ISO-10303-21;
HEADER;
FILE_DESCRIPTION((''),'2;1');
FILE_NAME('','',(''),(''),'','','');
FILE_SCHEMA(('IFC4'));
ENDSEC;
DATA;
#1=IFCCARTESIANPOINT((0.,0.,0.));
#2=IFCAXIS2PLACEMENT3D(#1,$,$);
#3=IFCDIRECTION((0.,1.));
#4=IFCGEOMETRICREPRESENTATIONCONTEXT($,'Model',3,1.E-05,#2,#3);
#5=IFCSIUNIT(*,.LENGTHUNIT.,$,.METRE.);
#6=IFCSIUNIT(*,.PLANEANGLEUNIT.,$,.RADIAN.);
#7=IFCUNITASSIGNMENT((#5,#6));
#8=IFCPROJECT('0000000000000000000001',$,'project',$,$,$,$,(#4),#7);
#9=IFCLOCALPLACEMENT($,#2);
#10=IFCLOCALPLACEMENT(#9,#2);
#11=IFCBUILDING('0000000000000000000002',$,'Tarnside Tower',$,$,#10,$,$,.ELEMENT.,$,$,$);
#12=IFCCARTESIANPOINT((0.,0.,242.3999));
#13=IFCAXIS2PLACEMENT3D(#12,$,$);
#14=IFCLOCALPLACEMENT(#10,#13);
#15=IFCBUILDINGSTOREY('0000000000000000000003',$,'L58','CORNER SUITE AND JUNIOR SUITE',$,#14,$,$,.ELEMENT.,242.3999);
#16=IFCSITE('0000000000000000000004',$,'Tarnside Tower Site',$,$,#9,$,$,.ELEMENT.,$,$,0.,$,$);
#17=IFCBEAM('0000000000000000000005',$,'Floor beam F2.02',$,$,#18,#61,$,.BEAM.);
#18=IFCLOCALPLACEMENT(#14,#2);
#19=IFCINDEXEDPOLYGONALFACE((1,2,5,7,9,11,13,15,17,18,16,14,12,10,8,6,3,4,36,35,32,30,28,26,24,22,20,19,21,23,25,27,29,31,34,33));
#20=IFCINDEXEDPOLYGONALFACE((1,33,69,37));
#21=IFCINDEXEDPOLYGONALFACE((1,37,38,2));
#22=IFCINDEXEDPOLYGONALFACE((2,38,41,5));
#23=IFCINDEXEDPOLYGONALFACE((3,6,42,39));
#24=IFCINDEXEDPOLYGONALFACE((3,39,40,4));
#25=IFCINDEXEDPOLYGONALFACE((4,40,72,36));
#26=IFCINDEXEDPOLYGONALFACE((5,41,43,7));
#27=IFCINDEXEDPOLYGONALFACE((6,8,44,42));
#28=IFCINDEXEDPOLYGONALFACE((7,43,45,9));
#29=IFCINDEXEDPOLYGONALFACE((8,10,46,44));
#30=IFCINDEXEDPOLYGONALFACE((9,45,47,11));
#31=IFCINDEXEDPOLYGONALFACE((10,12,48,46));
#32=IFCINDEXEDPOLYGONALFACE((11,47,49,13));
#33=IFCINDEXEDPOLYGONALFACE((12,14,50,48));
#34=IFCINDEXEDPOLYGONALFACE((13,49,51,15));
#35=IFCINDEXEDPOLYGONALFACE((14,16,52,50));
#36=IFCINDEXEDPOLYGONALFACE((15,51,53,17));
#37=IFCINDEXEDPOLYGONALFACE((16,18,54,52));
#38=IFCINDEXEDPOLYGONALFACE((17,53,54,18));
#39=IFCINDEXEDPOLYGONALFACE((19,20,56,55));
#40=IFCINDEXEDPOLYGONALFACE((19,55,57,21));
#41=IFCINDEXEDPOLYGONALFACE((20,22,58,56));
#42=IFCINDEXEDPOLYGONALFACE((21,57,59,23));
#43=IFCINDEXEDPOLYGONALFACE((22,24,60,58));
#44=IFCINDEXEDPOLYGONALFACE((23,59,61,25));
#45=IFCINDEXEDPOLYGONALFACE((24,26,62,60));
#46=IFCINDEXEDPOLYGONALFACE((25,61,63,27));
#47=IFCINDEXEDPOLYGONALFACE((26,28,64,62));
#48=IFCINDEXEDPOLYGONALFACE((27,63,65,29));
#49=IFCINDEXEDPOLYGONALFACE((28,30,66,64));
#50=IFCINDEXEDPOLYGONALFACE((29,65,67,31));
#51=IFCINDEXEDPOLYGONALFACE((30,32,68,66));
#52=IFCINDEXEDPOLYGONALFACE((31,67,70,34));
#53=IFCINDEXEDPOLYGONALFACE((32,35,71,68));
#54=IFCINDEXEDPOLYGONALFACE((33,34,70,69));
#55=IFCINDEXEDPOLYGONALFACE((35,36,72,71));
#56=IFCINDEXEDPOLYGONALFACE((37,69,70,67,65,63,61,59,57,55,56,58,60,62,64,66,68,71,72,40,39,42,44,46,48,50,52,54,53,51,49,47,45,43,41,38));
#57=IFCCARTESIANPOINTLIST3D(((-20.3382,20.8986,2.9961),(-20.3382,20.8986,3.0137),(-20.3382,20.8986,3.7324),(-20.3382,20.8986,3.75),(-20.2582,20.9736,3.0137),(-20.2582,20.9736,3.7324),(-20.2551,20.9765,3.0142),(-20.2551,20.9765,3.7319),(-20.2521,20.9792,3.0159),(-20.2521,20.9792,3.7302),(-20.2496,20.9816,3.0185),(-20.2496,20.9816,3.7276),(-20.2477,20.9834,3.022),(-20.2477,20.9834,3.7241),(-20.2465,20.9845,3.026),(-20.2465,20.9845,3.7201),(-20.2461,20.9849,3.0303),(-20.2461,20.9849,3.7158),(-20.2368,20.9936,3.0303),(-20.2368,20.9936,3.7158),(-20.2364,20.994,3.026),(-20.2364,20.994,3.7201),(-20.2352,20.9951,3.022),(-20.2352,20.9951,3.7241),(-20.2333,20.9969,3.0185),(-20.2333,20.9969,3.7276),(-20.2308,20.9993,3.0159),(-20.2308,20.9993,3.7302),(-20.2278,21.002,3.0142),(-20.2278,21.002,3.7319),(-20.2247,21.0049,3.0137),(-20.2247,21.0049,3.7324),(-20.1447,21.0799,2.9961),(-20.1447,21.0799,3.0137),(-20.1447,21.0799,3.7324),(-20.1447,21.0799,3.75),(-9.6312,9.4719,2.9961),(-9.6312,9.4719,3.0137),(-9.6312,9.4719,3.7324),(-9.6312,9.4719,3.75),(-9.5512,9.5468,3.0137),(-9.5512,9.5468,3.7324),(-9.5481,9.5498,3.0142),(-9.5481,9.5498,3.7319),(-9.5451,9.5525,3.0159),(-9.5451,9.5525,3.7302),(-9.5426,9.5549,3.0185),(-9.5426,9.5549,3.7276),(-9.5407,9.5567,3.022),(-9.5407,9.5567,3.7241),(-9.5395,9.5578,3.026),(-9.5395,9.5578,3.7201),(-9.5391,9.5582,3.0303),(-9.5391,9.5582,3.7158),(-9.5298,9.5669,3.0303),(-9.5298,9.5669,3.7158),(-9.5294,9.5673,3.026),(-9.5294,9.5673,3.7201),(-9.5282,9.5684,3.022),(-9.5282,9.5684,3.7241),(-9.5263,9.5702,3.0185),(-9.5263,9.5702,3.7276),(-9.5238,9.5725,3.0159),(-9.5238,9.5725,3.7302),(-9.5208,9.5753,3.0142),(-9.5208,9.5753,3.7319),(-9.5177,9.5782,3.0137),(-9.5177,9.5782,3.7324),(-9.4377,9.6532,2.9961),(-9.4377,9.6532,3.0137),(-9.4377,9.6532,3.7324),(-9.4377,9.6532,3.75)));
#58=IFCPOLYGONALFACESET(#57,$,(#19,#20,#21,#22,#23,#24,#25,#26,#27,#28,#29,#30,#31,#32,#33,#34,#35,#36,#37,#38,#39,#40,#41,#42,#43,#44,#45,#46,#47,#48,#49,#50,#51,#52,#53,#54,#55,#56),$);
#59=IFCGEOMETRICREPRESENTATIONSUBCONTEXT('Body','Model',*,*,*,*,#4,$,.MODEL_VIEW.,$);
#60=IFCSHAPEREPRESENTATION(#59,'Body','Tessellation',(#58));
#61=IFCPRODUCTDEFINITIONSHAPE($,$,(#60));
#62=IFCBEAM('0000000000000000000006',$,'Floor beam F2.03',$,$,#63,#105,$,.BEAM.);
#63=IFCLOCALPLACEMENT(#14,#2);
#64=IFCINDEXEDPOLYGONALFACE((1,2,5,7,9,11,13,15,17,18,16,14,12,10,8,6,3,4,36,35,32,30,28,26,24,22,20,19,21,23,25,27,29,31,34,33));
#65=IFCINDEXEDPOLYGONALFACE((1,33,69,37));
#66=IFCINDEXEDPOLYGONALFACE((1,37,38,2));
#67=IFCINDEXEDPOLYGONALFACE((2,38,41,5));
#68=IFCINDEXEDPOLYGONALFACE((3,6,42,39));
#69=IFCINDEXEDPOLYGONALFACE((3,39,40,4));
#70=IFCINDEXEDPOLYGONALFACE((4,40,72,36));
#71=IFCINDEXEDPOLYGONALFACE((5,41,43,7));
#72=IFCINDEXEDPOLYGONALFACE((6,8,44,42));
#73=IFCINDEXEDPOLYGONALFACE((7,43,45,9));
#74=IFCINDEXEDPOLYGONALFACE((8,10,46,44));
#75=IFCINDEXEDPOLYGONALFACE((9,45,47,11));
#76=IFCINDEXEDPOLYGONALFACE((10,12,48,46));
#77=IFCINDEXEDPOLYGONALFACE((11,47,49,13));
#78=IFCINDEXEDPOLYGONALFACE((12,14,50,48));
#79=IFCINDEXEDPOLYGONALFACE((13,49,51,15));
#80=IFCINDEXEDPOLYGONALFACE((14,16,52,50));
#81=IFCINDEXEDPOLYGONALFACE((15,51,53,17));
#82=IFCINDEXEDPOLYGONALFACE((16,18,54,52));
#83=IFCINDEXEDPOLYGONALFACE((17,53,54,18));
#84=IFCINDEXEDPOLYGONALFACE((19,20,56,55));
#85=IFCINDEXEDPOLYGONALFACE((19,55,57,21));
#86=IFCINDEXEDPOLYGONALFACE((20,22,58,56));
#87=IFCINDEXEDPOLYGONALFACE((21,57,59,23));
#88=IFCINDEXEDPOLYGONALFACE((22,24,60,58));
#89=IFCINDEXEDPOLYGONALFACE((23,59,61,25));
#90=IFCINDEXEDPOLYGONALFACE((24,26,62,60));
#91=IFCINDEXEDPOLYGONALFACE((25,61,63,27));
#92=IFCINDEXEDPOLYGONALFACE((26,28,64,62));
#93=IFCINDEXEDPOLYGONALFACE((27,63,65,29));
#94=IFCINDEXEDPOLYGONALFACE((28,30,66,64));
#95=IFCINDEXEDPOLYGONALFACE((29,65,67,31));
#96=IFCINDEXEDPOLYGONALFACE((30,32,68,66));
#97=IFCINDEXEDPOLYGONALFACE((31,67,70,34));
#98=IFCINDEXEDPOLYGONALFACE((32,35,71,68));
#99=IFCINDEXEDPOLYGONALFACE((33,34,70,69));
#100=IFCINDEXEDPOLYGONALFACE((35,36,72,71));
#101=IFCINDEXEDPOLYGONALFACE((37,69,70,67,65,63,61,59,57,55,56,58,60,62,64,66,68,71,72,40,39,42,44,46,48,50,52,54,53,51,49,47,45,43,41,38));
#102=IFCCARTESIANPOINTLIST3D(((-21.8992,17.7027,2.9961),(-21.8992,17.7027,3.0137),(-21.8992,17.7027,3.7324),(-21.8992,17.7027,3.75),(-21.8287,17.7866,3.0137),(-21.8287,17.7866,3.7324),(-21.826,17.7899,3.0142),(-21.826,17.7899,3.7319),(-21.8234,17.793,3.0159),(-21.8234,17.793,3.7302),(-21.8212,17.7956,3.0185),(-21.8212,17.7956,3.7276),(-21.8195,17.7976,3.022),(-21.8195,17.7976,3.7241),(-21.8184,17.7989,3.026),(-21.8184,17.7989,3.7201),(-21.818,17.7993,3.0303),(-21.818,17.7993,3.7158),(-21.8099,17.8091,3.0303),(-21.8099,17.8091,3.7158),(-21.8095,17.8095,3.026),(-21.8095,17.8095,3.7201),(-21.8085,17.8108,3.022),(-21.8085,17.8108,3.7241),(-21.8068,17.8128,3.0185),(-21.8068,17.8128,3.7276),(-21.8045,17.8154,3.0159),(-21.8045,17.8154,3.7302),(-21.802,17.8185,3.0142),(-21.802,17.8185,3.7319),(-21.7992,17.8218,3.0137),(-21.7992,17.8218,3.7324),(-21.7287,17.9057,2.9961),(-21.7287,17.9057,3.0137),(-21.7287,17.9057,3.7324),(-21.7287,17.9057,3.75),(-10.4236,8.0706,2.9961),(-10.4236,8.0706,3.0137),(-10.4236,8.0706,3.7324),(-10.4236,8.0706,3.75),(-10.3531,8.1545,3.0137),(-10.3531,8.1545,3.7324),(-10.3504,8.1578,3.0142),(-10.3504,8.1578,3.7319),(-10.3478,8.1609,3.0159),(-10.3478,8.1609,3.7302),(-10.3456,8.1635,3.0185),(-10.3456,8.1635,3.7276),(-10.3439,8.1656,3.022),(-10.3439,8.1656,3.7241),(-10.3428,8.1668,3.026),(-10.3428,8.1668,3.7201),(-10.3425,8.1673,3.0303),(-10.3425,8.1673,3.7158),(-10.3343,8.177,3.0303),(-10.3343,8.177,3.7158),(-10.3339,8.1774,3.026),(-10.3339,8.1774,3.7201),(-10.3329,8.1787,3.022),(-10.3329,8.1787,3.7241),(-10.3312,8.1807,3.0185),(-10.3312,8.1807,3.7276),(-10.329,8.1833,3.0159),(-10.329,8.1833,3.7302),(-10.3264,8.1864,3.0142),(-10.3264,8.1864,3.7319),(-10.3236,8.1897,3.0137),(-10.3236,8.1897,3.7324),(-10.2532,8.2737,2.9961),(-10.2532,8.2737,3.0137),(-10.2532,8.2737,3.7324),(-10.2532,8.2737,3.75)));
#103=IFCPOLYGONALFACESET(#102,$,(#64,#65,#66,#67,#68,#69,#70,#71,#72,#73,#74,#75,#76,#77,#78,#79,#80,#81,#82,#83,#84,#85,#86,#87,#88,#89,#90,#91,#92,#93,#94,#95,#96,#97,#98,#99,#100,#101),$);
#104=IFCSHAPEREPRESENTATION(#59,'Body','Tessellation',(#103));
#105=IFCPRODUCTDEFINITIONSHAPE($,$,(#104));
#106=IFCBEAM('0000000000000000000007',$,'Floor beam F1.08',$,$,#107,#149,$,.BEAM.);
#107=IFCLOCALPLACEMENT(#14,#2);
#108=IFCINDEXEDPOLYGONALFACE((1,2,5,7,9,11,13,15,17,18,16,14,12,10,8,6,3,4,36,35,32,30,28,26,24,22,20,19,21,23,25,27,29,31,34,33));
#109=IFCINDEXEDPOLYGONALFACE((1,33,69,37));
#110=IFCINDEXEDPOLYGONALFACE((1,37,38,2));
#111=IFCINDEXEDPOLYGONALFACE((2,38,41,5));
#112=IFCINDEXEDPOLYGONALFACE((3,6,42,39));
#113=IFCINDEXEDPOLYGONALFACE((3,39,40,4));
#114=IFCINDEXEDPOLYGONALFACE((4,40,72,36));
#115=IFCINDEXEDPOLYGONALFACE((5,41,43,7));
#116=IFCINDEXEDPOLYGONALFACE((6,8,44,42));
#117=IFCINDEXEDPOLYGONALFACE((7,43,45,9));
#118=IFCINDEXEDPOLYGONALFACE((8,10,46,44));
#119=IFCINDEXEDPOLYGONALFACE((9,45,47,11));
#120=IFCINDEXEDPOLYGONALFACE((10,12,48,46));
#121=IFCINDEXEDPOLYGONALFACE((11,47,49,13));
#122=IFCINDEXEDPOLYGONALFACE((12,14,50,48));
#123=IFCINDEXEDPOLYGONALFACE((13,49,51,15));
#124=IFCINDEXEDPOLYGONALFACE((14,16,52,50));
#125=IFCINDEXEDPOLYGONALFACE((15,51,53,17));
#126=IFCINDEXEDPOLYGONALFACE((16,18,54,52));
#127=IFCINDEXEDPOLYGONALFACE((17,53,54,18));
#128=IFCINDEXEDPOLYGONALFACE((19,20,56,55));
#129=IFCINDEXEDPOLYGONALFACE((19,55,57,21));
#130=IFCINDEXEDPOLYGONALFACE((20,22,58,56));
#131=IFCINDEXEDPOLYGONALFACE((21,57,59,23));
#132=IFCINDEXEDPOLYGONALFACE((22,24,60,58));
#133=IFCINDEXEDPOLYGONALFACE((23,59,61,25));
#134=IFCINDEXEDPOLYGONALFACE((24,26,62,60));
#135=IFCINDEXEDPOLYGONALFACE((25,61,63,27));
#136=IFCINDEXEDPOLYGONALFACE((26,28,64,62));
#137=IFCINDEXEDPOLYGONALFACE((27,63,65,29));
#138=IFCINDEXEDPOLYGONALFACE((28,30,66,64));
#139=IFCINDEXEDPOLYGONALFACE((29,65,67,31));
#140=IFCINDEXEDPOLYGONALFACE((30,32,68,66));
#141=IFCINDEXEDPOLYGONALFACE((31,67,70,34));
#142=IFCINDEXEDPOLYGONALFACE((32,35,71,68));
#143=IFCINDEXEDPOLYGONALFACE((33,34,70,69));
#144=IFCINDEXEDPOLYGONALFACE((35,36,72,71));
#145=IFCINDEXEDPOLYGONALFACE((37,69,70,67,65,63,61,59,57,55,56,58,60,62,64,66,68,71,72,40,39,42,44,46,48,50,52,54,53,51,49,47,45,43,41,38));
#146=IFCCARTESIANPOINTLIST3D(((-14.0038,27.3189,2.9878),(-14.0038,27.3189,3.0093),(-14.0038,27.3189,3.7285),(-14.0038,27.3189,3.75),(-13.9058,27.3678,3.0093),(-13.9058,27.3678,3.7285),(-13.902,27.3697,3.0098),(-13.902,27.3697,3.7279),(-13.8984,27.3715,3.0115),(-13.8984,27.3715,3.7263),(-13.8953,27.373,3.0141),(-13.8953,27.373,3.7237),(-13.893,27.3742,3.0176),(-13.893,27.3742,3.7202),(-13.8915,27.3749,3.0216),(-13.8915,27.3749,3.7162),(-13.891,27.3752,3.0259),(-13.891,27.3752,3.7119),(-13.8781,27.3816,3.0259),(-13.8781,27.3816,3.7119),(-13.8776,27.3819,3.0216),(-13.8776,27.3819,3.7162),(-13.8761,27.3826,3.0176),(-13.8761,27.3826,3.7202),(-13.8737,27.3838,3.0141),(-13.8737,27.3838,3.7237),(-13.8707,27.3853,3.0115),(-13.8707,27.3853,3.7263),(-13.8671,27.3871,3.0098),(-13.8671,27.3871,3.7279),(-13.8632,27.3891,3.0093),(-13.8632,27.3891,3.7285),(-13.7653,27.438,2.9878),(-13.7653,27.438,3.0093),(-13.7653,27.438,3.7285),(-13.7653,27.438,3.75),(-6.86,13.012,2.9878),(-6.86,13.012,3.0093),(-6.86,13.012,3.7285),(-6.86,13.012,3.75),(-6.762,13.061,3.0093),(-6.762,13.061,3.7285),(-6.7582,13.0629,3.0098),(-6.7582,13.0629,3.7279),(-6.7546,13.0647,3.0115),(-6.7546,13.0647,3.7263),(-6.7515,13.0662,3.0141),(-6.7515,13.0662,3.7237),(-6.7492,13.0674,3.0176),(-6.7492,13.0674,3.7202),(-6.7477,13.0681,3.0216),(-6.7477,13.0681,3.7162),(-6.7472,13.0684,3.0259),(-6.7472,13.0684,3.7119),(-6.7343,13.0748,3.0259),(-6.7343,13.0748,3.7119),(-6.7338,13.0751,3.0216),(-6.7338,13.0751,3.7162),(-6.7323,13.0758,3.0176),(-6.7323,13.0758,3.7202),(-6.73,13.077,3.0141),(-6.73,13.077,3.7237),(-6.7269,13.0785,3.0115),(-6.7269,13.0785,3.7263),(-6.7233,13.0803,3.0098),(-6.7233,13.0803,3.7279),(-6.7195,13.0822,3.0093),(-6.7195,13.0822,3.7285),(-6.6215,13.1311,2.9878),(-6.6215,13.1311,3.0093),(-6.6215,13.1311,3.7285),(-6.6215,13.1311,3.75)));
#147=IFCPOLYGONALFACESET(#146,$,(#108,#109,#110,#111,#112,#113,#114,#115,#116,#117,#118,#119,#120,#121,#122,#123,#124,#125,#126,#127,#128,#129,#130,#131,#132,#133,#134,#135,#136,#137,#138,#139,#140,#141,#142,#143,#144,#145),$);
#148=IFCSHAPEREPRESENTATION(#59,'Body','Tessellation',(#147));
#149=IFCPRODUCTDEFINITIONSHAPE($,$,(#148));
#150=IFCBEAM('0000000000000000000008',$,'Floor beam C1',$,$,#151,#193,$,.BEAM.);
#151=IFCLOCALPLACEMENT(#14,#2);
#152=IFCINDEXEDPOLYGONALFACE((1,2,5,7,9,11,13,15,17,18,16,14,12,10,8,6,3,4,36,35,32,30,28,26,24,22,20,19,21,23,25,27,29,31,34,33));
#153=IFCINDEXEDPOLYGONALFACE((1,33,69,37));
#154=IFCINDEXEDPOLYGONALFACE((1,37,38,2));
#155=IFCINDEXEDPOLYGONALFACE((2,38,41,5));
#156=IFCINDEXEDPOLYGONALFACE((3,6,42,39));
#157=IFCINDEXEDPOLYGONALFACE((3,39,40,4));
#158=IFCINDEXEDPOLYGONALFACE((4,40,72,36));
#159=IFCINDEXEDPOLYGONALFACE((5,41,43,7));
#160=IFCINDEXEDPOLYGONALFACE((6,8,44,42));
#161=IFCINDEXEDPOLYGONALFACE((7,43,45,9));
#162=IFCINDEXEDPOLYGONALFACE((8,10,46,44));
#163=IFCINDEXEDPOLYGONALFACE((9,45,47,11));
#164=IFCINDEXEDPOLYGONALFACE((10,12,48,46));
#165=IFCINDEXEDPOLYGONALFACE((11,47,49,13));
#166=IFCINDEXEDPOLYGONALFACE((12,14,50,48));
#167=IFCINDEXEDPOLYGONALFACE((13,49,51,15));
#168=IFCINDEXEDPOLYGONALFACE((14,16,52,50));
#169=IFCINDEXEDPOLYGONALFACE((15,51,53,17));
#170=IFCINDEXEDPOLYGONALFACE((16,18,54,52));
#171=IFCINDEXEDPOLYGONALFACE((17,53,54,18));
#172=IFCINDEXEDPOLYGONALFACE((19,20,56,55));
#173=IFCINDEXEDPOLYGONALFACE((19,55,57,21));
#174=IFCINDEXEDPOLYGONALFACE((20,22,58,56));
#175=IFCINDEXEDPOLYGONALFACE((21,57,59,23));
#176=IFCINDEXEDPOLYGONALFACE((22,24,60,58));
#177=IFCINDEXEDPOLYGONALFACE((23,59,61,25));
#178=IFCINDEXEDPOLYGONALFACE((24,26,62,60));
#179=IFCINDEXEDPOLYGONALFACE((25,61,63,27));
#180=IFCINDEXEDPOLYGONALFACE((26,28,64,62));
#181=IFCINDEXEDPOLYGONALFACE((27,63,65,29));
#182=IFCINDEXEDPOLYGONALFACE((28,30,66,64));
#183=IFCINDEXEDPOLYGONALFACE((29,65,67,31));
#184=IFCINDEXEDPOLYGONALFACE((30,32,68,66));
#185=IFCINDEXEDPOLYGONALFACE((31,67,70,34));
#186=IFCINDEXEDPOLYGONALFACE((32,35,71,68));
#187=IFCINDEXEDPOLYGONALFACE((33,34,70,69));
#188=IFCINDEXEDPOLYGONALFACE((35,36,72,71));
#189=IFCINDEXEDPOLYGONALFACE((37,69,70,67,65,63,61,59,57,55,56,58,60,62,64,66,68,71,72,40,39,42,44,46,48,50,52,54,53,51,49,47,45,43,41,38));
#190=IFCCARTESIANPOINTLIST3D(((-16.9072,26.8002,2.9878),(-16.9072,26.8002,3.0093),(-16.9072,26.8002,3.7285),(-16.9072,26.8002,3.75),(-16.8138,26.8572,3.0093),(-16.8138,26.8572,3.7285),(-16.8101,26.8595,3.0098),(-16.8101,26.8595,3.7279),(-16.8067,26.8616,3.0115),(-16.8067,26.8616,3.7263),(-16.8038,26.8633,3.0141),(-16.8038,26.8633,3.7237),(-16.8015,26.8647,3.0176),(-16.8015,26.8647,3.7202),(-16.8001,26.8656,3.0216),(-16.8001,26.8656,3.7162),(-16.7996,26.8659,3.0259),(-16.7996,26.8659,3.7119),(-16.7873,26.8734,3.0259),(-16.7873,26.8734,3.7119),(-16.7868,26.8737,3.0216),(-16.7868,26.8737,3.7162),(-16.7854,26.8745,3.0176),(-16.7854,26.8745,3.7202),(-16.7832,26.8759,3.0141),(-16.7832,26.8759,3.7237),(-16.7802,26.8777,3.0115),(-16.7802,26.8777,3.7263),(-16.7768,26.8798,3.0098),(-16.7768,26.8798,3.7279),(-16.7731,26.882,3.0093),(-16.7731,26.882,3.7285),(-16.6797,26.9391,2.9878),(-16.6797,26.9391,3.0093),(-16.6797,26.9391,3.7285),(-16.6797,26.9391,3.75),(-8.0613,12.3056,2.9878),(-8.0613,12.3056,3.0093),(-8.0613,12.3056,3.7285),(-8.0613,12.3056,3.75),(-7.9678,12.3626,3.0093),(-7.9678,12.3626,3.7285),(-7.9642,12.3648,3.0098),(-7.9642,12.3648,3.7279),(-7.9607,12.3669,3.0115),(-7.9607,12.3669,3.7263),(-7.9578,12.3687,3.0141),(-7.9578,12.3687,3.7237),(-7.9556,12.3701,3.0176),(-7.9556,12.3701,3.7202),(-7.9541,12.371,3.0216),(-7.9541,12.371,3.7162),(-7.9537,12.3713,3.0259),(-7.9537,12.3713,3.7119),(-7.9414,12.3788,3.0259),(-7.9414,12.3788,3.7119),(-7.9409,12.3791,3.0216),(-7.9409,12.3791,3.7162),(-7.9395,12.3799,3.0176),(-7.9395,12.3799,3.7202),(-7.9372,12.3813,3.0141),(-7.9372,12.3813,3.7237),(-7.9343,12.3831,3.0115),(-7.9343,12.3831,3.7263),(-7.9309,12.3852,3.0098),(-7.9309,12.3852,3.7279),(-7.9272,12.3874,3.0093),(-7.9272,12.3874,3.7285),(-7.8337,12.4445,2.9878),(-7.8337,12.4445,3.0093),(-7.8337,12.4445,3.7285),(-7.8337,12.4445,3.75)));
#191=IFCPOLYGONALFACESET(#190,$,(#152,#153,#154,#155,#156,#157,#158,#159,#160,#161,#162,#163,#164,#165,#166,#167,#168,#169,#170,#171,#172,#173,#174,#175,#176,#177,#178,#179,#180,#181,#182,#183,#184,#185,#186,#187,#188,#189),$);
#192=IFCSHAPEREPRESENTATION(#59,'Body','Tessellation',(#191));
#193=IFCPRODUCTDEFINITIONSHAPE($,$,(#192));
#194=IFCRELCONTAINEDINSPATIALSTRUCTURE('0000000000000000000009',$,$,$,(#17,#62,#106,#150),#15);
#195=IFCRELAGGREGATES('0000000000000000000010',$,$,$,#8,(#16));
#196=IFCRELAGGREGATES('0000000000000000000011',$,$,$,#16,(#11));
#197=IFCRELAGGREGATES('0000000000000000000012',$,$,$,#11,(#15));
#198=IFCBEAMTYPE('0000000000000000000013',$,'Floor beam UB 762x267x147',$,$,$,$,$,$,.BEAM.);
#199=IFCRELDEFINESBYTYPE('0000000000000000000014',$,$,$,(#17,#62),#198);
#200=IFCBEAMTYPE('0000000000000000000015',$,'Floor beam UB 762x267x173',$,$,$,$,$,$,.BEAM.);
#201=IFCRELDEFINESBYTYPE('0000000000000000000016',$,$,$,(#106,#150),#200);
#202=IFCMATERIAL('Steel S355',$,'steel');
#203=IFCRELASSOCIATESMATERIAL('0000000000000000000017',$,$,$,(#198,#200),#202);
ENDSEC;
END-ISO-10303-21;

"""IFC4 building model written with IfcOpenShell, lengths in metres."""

from ifc_helpers import new_model, si_unit, direction, frame, origin, origin_2d, place, context, subcontext, project, spatial, i_section, extrude, material, material_profile, profile_set, type_object, element, save


model = new_model("IFC4")

# Units and contexts
model_context = context("Model", 3, precision=1e-05, world=origin(), true_north=direction((0.0, 1.0)))
body_context = subcontext(model_context, "Body", "Model", "MODEL_VIEW")
ifc_project = project(units=[si_unit("LENGTHUNIT", "METRE"), si_unit("PLANEANGLEUNIT", "RADIAN")], contexts=[model_context])

# Site, building, storey
site_placement = place(None, origin())
site = spatial("IfcSite", under=ifc_project, at=site_placement, Name="Tarnside Tower Site", CompositionType="ELEMENT", RefElevation=0.0)
building_placement = place(site_placement, origin())
building = spatial("IfcBuilding", under=site, at=building_placement, Name="Tarnside Tower", CompositionType="ELEMENT")
storey_placement = place(building_placement, frame((0.0, 0.0, 242.3999)))
storey = spatial("IfcBuildingStorey", under=building, at=storey_placement, Name="L58", Description="CORNER SUITE AND JUNIOR SUITE", CompositionType="ELEMENT", Elevation=242.3999)

# Beams
ifc_material_1 = material(Name="Steel S355", Category="steel")
ifc_material_profile_1 = material_profile(ifc_material_1, i_section(OverallWidth=0.2651, OverallDepth=0.7539, WebThickness=0.0127, FlangeThickness=0.0176, FilletRadius=0.0166, at=origin_2d()), Name="UB 762x267x147")
ifc_profile_set_1 = profile_set([ifc_material_profile_1], Name="Steel S355")
beam_type_1 = type_object("IfcBeamType", Name="Floor beam UB 762x267x147", PredefinedType="BEAM", material=ifc_profile_set_1)
beam_1_placement = place(storey_placement, frame((-20.2415, 20.9893, 3.373), z_axis=(0.683752, -0.729714, 0.0), x_axis=(0.729714, 0.683752, 0.0)))
element("IfcBeam", 1, at=beam_1_placement, inside=storey, type_object=beam_type_1, Name="Floor beam F2.02", PredefinedType="BEAM", context=body_context, shape_type="SweptSolid", body=[
    extrude(i_section(OverallWidth=0.2651, OverallDepth=0.7539, WebThickness=0.0127, FlangeThickness=0.0176, FilletRadius=0.0166, at=origin_2d()), origin(), (0.0, 0.0, 1.0), 15.6592),
])
beam_2_placement = place(storey_placement, frame((-21.814, 17.8042, 3.373), z_axis=(0.765948, -0.642902, 0.0), x_axis=(0.642902, 0.765948, 0.0)))
element("IfcBeam", 2, at=beam_2_placement, inside=storey, type_object=beam_type_1, Name="Floor beam F2.03", PredefinedType="BEAM", context=body_context, shape_type="SweptSolid", body=[
    extrude(i_section(OverallWidth=0.2651, OverallDepth=0.7539, WebThickness=0.0127, FlangeThickness=0.0176, FilletRadius=0.0166, at=origin_2d()), origin(), (0.0, 0.0, 1.0), 14.9822),
])
ifc_material_profile_2 = material_profile(ifc_material_1, i_section(OverallWidth=0.2666, OverallDepth=0.7622, WebThickness=0.0144, FlangeThickness=0.0215, FilletRadius=0.0166, at=origin_2d()), Name="UB 762x267x173")
ifc_profile_set_2 = profile_set([ifc_material_profile_2], Name="Steel S355")
beam_type_2 = type_object("IfcBeamType", Name="Floor beam UB 762x267x173", PredefinedType="BEAM", material=ifc_profile_set_2)
beam_3_placement = place(storey_placement, frame((-13.8845, 27.3784, 3.3689), z_axis=(0.446731, -0.894668, 0.0), x_axis=(0.894668, 0.446731, 0.0)))
element("IfcBeam", 3, at=beam_3_placement, inside=storey, type_object=beam_type_2, Name="Floor beam F1.08", PredefinedType="BEAM", context=body_context, shape_type="SweptSolid", body=[
    extrude(i_section(OverallWidth=0.2666, OverallDepth=0.7622, WebThickness=0.0144, FlangeThickness=0.0215, FilletRadius=0.0166, at=origin_2d()), origin(), (0.0, 0.0, 1.0), 15.9912),
])
beam_4_placement = place(storey_placement, frame((-16.7935, 26.8696, 3.3689), z_axis=(0.52094, -0.853593, 0.0), x_axis=(0.853593, 0.52094, 0.0)))
element("IfcBeam", 4, at=beam_4_placement, inside=storey, type_object=beam_type_2, Name="Floor beam C1", PredefinedType="BEAM", context=body_context, shape_type="SweptSolid", body=[
    extrude(i_section(OverallWidth=0.2666, OverallDepth=0.7622, WebThickness=0.0144, FlangeThickness=0.0215, FilletRadius=0.0166, at=origin_2d()), origin(), (0.0, 0.0, 1.0), 16.9807),
])

save(model, "model.ifc")
